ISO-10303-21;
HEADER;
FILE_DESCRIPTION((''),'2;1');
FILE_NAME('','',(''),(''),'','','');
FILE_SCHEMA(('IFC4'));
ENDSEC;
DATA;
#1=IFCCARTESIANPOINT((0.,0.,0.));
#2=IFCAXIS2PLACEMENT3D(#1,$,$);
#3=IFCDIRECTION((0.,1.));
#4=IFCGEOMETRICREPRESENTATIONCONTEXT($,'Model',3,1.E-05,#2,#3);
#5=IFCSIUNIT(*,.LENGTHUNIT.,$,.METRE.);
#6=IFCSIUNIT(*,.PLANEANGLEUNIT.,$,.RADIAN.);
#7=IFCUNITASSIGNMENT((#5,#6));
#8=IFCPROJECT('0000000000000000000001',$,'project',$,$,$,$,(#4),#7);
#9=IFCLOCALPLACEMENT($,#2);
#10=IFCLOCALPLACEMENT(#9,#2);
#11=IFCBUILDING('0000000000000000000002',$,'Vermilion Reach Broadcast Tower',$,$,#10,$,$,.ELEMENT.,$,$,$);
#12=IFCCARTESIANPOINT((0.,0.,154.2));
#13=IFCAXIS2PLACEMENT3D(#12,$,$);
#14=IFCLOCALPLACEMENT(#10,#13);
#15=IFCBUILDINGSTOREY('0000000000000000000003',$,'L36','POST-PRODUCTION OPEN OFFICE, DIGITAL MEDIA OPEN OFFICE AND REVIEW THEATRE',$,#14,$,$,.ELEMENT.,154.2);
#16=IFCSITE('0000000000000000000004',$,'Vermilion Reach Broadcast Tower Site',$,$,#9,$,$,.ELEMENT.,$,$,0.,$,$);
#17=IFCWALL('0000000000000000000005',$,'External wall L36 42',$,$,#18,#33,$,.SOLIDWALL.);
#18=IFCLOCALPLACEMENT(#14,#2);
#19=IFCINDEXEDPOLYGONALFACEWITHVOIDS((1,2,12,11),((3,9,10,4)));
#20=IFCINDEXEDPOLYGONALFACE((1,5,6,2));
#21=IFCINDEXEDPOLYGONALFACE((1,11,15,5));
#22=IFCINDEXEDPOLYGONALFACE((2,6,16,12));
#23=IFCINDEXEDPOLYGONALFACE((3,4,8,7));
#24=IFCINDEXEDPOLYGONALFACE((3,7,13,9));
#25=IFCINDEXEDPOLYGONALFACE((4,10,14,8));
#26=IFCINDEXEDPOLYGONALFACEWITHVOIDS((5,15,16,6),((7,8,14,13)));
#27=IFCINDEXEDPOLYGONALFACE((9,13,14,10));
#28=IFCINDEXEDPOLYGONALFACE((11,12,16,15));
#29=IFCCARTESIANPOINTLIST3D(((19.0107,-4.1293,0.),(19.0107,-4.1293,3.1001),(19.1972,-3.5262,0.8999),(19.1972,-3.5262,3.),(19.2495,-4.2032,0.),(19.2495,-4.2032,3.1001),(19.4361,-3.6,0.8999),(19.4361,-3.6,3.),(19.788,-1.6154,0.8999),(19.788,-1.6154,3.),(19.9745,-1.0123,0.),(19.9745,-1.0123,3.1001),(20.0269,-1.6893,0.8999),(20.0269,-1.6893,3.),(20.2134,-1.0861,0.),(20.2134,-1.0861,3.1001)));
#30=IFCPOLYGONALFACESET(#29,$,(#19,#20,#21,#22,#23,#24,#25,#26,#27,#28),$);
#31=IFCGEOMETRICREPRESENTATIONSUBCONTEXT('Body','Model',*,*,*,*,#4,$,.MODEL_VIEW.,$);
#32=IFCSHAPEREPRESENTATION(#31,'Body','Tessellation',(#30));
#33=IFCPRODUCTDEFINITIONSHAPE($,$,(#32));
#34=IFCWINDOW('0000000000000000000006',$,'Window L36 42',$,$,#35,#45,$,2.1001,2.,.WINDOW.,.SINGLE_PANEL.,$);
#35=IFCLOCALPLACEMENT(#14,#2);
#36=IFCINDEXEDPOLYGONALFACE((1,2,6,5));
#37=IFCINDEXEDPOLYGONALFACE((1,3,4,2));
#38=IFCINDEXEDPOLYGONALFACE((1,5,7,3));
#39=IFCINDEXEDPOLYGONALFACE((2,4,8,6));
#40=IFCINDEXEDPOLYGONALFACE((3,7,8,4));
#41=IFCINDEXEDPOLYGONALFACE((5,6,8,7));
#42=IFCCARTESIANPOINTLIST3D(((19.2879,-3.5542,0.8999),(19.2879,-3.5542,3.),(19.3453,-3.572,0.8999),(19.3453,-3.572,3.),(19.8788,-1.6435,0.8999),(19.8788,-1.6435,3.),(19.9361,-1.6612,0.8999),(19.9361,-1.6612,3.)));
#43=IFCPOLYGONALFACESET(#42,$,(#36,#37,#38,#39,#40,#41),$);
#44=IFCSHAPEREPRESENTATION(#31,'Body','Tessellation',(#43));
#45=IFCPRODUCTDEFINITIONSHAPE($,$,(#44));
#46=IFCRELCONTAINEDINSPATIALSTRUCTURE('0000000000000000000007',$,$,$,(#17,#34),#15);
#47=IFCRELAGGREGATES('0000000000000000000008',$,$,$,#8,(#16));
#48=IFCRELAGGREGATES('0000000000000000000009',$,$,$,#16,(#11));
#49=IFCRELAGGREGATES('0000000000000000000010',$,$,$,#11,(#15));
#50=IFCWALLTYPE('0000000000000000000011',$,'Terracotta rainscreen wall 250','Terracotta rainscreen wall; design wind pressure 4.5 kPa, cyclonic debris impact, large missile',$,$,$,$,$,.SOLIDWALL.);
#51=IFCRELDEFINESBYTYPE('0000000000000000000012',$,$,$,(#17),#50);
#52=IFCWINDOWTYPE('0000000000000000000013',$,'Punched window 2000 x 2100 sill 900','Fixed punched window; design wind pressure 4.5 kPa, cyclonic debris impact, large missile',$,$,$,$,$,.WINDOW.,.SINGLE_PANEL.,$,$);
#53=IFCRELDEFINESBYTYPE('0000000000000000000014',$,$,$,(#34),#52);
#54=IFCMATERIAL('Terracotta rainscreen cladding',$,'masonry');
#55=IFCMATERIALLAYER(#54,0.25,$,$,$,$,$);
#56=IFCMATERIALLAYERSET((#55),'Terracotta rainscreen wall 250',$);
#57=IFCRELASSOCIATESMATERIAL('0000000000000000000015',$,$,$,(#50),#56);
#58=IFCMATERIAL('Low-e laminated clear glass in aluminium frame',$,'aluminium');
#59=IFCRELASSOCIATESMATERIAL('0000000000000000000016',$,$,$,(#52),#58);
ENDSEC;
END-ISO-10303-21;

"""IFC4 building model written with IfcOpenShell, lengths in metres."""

from ifc_helpers import new_model, si_unit, direction, frame, frame_2d, origin, place, context, subcontext, project, spatial, rectangle, extrude, material, layer, layer_set, type_object, element, fill, save


model = new_model("IFC4")

# Units and contexts
model_context = context("Model", 3, precision=1e-05, world=origin(), true_north=direction((0.0, 1.0)))
body_context = subcontext(model_context, "Body", "Model", "MODEL_VIEW")
ifc_project = project(units=[si_unit("LENGTHUNIT", "METRE"), si_unit("PLANEANGLEUNIT", "RADIAN")], contexts=[model_context])

# Site, building, storey
site_placement = place(None, origin())
site = spatial("IfcSite", under=ifc_project, at=site_placement, Name="Vermilion Reach Broadcast Tower Site", CompositionType="ELEMENT", RefElevation=0.0)
building_placement = place(site_placement, origin())
building = spatial("IfcBuilding", under=site, at=building_placement, Name="Vermilion Reach Broadcast Tower", CompositionType="ELEMENT")
storey_placement = place(building_placement, frame((0.0, 0.0, 154.2)))
storey = spatial("IfcBuildingStorey", under=building, at=storey_placement, Name="L36", Description="POST-PRODUCTION OPEN OFFICE, DIGITAL MEDIA OPEN OFFICE AND REVIEW THEATRE", CompositionType="ELEMENT", Elevation=154.2)

# Wall, opening, window
ifc_material_1 = material(Name="Terracotta rainscreen cladding", Category="masonry")
ifc_layer_1 = layer(ifc_material_1, 0.25)
ifc_layer_set_1 = layer_set([ifc_layer_1], Name="Terracotta rainscreen wall 250")
wall_type_1 = type_object("IfcWallType", Name="Terracotta rainscreen wall 250", Description="Terracotta rainscreen wall; design wind pressure 4.5 kPa, cyclonic debris impact, large missile", PredefinedType="SOLIDWALL", material=ifc_layer_set_1)
ifc_material_2 = material(Name="Low-e laminated clear glass in aluminium frame", Category="aluminium")
window_type = type_object("IfcWindowType", Name="Punched window 2000 x 2100 sill 900", Description="Fixed punched window; design wind pressure 4.5 kPa, cyclonic debris impact, large missile", PartitioningType="SINGLE_PANEL", PredefinedType="WINDOW", material=ifc_material_2)
wall_1_placement = place(storey_placement, frame((19.1301, -4.1663, 0.0), z_axis=(0.0, 0.0, 1.0), x_axis=(0.295411, 0.95537, 0.0)))
wall_1 = element("IfcWall", 1, at=wall_1_placement, inside=storey, type_object=wall_type_1, Name="External wall L36 42", PredefinedType="SOLIDWALL", context=body_context, shape_type="SweptSolid", body=[
    extrude(rectangle(XDim=3.2627, YDim=0.25, at=frame_2d((1.6313, 0.0))), origin(), (0.0, 0.0, 1.0), 3.1001),
])
opening_1_placement = place(wall_1_placement, frame((0.6313, 0.0, 0.8999)))
opening_1 = element("IfcOpeningElement", 2, at=opening_1_placement, cuts=wall_1, PredefinedType="OPENING", context=body_context, shape_type="SweptSolid", body=[
    extrude(rectangle(XDim=2.0, YDim=2.1001, at=frame_2d((1.0, 1.05))), frame((0.0, 0.135, 0.0), z_axis=(0.0, -1.0, 0.0), x_axis=(1.0, 0.0, 0.0)), (0.0, 0.0, 1.0), 0.27),
])
window_1_placement = place(opening_1_placement, origin())
window_1 = element("IfcWindow", 3, at=window_1_placement, inside=storey, type_object=window_type, Name="Window L36 42", OverallHeight=2.1001, OverallWidth=2.0, PartitioningType="SINGLE_PANEL", PredefinedType="WINDOW", context=body_context, shape_type="SweptSolid", body=[
    extrude(rectangle(XDim=2.0, YDim=2.1001, at=frame_2d((1.0, 1.05))), frame((0.0, 0.03, 0.0), z_axis=(0.0, -1.0, 0.0), x_axis=(1.0, 0.0, 0.0)), (0.0, 0.0, 1.0), 0.0601),
])
fill(opening_1, window_1)

save(model, "model.ifc")
